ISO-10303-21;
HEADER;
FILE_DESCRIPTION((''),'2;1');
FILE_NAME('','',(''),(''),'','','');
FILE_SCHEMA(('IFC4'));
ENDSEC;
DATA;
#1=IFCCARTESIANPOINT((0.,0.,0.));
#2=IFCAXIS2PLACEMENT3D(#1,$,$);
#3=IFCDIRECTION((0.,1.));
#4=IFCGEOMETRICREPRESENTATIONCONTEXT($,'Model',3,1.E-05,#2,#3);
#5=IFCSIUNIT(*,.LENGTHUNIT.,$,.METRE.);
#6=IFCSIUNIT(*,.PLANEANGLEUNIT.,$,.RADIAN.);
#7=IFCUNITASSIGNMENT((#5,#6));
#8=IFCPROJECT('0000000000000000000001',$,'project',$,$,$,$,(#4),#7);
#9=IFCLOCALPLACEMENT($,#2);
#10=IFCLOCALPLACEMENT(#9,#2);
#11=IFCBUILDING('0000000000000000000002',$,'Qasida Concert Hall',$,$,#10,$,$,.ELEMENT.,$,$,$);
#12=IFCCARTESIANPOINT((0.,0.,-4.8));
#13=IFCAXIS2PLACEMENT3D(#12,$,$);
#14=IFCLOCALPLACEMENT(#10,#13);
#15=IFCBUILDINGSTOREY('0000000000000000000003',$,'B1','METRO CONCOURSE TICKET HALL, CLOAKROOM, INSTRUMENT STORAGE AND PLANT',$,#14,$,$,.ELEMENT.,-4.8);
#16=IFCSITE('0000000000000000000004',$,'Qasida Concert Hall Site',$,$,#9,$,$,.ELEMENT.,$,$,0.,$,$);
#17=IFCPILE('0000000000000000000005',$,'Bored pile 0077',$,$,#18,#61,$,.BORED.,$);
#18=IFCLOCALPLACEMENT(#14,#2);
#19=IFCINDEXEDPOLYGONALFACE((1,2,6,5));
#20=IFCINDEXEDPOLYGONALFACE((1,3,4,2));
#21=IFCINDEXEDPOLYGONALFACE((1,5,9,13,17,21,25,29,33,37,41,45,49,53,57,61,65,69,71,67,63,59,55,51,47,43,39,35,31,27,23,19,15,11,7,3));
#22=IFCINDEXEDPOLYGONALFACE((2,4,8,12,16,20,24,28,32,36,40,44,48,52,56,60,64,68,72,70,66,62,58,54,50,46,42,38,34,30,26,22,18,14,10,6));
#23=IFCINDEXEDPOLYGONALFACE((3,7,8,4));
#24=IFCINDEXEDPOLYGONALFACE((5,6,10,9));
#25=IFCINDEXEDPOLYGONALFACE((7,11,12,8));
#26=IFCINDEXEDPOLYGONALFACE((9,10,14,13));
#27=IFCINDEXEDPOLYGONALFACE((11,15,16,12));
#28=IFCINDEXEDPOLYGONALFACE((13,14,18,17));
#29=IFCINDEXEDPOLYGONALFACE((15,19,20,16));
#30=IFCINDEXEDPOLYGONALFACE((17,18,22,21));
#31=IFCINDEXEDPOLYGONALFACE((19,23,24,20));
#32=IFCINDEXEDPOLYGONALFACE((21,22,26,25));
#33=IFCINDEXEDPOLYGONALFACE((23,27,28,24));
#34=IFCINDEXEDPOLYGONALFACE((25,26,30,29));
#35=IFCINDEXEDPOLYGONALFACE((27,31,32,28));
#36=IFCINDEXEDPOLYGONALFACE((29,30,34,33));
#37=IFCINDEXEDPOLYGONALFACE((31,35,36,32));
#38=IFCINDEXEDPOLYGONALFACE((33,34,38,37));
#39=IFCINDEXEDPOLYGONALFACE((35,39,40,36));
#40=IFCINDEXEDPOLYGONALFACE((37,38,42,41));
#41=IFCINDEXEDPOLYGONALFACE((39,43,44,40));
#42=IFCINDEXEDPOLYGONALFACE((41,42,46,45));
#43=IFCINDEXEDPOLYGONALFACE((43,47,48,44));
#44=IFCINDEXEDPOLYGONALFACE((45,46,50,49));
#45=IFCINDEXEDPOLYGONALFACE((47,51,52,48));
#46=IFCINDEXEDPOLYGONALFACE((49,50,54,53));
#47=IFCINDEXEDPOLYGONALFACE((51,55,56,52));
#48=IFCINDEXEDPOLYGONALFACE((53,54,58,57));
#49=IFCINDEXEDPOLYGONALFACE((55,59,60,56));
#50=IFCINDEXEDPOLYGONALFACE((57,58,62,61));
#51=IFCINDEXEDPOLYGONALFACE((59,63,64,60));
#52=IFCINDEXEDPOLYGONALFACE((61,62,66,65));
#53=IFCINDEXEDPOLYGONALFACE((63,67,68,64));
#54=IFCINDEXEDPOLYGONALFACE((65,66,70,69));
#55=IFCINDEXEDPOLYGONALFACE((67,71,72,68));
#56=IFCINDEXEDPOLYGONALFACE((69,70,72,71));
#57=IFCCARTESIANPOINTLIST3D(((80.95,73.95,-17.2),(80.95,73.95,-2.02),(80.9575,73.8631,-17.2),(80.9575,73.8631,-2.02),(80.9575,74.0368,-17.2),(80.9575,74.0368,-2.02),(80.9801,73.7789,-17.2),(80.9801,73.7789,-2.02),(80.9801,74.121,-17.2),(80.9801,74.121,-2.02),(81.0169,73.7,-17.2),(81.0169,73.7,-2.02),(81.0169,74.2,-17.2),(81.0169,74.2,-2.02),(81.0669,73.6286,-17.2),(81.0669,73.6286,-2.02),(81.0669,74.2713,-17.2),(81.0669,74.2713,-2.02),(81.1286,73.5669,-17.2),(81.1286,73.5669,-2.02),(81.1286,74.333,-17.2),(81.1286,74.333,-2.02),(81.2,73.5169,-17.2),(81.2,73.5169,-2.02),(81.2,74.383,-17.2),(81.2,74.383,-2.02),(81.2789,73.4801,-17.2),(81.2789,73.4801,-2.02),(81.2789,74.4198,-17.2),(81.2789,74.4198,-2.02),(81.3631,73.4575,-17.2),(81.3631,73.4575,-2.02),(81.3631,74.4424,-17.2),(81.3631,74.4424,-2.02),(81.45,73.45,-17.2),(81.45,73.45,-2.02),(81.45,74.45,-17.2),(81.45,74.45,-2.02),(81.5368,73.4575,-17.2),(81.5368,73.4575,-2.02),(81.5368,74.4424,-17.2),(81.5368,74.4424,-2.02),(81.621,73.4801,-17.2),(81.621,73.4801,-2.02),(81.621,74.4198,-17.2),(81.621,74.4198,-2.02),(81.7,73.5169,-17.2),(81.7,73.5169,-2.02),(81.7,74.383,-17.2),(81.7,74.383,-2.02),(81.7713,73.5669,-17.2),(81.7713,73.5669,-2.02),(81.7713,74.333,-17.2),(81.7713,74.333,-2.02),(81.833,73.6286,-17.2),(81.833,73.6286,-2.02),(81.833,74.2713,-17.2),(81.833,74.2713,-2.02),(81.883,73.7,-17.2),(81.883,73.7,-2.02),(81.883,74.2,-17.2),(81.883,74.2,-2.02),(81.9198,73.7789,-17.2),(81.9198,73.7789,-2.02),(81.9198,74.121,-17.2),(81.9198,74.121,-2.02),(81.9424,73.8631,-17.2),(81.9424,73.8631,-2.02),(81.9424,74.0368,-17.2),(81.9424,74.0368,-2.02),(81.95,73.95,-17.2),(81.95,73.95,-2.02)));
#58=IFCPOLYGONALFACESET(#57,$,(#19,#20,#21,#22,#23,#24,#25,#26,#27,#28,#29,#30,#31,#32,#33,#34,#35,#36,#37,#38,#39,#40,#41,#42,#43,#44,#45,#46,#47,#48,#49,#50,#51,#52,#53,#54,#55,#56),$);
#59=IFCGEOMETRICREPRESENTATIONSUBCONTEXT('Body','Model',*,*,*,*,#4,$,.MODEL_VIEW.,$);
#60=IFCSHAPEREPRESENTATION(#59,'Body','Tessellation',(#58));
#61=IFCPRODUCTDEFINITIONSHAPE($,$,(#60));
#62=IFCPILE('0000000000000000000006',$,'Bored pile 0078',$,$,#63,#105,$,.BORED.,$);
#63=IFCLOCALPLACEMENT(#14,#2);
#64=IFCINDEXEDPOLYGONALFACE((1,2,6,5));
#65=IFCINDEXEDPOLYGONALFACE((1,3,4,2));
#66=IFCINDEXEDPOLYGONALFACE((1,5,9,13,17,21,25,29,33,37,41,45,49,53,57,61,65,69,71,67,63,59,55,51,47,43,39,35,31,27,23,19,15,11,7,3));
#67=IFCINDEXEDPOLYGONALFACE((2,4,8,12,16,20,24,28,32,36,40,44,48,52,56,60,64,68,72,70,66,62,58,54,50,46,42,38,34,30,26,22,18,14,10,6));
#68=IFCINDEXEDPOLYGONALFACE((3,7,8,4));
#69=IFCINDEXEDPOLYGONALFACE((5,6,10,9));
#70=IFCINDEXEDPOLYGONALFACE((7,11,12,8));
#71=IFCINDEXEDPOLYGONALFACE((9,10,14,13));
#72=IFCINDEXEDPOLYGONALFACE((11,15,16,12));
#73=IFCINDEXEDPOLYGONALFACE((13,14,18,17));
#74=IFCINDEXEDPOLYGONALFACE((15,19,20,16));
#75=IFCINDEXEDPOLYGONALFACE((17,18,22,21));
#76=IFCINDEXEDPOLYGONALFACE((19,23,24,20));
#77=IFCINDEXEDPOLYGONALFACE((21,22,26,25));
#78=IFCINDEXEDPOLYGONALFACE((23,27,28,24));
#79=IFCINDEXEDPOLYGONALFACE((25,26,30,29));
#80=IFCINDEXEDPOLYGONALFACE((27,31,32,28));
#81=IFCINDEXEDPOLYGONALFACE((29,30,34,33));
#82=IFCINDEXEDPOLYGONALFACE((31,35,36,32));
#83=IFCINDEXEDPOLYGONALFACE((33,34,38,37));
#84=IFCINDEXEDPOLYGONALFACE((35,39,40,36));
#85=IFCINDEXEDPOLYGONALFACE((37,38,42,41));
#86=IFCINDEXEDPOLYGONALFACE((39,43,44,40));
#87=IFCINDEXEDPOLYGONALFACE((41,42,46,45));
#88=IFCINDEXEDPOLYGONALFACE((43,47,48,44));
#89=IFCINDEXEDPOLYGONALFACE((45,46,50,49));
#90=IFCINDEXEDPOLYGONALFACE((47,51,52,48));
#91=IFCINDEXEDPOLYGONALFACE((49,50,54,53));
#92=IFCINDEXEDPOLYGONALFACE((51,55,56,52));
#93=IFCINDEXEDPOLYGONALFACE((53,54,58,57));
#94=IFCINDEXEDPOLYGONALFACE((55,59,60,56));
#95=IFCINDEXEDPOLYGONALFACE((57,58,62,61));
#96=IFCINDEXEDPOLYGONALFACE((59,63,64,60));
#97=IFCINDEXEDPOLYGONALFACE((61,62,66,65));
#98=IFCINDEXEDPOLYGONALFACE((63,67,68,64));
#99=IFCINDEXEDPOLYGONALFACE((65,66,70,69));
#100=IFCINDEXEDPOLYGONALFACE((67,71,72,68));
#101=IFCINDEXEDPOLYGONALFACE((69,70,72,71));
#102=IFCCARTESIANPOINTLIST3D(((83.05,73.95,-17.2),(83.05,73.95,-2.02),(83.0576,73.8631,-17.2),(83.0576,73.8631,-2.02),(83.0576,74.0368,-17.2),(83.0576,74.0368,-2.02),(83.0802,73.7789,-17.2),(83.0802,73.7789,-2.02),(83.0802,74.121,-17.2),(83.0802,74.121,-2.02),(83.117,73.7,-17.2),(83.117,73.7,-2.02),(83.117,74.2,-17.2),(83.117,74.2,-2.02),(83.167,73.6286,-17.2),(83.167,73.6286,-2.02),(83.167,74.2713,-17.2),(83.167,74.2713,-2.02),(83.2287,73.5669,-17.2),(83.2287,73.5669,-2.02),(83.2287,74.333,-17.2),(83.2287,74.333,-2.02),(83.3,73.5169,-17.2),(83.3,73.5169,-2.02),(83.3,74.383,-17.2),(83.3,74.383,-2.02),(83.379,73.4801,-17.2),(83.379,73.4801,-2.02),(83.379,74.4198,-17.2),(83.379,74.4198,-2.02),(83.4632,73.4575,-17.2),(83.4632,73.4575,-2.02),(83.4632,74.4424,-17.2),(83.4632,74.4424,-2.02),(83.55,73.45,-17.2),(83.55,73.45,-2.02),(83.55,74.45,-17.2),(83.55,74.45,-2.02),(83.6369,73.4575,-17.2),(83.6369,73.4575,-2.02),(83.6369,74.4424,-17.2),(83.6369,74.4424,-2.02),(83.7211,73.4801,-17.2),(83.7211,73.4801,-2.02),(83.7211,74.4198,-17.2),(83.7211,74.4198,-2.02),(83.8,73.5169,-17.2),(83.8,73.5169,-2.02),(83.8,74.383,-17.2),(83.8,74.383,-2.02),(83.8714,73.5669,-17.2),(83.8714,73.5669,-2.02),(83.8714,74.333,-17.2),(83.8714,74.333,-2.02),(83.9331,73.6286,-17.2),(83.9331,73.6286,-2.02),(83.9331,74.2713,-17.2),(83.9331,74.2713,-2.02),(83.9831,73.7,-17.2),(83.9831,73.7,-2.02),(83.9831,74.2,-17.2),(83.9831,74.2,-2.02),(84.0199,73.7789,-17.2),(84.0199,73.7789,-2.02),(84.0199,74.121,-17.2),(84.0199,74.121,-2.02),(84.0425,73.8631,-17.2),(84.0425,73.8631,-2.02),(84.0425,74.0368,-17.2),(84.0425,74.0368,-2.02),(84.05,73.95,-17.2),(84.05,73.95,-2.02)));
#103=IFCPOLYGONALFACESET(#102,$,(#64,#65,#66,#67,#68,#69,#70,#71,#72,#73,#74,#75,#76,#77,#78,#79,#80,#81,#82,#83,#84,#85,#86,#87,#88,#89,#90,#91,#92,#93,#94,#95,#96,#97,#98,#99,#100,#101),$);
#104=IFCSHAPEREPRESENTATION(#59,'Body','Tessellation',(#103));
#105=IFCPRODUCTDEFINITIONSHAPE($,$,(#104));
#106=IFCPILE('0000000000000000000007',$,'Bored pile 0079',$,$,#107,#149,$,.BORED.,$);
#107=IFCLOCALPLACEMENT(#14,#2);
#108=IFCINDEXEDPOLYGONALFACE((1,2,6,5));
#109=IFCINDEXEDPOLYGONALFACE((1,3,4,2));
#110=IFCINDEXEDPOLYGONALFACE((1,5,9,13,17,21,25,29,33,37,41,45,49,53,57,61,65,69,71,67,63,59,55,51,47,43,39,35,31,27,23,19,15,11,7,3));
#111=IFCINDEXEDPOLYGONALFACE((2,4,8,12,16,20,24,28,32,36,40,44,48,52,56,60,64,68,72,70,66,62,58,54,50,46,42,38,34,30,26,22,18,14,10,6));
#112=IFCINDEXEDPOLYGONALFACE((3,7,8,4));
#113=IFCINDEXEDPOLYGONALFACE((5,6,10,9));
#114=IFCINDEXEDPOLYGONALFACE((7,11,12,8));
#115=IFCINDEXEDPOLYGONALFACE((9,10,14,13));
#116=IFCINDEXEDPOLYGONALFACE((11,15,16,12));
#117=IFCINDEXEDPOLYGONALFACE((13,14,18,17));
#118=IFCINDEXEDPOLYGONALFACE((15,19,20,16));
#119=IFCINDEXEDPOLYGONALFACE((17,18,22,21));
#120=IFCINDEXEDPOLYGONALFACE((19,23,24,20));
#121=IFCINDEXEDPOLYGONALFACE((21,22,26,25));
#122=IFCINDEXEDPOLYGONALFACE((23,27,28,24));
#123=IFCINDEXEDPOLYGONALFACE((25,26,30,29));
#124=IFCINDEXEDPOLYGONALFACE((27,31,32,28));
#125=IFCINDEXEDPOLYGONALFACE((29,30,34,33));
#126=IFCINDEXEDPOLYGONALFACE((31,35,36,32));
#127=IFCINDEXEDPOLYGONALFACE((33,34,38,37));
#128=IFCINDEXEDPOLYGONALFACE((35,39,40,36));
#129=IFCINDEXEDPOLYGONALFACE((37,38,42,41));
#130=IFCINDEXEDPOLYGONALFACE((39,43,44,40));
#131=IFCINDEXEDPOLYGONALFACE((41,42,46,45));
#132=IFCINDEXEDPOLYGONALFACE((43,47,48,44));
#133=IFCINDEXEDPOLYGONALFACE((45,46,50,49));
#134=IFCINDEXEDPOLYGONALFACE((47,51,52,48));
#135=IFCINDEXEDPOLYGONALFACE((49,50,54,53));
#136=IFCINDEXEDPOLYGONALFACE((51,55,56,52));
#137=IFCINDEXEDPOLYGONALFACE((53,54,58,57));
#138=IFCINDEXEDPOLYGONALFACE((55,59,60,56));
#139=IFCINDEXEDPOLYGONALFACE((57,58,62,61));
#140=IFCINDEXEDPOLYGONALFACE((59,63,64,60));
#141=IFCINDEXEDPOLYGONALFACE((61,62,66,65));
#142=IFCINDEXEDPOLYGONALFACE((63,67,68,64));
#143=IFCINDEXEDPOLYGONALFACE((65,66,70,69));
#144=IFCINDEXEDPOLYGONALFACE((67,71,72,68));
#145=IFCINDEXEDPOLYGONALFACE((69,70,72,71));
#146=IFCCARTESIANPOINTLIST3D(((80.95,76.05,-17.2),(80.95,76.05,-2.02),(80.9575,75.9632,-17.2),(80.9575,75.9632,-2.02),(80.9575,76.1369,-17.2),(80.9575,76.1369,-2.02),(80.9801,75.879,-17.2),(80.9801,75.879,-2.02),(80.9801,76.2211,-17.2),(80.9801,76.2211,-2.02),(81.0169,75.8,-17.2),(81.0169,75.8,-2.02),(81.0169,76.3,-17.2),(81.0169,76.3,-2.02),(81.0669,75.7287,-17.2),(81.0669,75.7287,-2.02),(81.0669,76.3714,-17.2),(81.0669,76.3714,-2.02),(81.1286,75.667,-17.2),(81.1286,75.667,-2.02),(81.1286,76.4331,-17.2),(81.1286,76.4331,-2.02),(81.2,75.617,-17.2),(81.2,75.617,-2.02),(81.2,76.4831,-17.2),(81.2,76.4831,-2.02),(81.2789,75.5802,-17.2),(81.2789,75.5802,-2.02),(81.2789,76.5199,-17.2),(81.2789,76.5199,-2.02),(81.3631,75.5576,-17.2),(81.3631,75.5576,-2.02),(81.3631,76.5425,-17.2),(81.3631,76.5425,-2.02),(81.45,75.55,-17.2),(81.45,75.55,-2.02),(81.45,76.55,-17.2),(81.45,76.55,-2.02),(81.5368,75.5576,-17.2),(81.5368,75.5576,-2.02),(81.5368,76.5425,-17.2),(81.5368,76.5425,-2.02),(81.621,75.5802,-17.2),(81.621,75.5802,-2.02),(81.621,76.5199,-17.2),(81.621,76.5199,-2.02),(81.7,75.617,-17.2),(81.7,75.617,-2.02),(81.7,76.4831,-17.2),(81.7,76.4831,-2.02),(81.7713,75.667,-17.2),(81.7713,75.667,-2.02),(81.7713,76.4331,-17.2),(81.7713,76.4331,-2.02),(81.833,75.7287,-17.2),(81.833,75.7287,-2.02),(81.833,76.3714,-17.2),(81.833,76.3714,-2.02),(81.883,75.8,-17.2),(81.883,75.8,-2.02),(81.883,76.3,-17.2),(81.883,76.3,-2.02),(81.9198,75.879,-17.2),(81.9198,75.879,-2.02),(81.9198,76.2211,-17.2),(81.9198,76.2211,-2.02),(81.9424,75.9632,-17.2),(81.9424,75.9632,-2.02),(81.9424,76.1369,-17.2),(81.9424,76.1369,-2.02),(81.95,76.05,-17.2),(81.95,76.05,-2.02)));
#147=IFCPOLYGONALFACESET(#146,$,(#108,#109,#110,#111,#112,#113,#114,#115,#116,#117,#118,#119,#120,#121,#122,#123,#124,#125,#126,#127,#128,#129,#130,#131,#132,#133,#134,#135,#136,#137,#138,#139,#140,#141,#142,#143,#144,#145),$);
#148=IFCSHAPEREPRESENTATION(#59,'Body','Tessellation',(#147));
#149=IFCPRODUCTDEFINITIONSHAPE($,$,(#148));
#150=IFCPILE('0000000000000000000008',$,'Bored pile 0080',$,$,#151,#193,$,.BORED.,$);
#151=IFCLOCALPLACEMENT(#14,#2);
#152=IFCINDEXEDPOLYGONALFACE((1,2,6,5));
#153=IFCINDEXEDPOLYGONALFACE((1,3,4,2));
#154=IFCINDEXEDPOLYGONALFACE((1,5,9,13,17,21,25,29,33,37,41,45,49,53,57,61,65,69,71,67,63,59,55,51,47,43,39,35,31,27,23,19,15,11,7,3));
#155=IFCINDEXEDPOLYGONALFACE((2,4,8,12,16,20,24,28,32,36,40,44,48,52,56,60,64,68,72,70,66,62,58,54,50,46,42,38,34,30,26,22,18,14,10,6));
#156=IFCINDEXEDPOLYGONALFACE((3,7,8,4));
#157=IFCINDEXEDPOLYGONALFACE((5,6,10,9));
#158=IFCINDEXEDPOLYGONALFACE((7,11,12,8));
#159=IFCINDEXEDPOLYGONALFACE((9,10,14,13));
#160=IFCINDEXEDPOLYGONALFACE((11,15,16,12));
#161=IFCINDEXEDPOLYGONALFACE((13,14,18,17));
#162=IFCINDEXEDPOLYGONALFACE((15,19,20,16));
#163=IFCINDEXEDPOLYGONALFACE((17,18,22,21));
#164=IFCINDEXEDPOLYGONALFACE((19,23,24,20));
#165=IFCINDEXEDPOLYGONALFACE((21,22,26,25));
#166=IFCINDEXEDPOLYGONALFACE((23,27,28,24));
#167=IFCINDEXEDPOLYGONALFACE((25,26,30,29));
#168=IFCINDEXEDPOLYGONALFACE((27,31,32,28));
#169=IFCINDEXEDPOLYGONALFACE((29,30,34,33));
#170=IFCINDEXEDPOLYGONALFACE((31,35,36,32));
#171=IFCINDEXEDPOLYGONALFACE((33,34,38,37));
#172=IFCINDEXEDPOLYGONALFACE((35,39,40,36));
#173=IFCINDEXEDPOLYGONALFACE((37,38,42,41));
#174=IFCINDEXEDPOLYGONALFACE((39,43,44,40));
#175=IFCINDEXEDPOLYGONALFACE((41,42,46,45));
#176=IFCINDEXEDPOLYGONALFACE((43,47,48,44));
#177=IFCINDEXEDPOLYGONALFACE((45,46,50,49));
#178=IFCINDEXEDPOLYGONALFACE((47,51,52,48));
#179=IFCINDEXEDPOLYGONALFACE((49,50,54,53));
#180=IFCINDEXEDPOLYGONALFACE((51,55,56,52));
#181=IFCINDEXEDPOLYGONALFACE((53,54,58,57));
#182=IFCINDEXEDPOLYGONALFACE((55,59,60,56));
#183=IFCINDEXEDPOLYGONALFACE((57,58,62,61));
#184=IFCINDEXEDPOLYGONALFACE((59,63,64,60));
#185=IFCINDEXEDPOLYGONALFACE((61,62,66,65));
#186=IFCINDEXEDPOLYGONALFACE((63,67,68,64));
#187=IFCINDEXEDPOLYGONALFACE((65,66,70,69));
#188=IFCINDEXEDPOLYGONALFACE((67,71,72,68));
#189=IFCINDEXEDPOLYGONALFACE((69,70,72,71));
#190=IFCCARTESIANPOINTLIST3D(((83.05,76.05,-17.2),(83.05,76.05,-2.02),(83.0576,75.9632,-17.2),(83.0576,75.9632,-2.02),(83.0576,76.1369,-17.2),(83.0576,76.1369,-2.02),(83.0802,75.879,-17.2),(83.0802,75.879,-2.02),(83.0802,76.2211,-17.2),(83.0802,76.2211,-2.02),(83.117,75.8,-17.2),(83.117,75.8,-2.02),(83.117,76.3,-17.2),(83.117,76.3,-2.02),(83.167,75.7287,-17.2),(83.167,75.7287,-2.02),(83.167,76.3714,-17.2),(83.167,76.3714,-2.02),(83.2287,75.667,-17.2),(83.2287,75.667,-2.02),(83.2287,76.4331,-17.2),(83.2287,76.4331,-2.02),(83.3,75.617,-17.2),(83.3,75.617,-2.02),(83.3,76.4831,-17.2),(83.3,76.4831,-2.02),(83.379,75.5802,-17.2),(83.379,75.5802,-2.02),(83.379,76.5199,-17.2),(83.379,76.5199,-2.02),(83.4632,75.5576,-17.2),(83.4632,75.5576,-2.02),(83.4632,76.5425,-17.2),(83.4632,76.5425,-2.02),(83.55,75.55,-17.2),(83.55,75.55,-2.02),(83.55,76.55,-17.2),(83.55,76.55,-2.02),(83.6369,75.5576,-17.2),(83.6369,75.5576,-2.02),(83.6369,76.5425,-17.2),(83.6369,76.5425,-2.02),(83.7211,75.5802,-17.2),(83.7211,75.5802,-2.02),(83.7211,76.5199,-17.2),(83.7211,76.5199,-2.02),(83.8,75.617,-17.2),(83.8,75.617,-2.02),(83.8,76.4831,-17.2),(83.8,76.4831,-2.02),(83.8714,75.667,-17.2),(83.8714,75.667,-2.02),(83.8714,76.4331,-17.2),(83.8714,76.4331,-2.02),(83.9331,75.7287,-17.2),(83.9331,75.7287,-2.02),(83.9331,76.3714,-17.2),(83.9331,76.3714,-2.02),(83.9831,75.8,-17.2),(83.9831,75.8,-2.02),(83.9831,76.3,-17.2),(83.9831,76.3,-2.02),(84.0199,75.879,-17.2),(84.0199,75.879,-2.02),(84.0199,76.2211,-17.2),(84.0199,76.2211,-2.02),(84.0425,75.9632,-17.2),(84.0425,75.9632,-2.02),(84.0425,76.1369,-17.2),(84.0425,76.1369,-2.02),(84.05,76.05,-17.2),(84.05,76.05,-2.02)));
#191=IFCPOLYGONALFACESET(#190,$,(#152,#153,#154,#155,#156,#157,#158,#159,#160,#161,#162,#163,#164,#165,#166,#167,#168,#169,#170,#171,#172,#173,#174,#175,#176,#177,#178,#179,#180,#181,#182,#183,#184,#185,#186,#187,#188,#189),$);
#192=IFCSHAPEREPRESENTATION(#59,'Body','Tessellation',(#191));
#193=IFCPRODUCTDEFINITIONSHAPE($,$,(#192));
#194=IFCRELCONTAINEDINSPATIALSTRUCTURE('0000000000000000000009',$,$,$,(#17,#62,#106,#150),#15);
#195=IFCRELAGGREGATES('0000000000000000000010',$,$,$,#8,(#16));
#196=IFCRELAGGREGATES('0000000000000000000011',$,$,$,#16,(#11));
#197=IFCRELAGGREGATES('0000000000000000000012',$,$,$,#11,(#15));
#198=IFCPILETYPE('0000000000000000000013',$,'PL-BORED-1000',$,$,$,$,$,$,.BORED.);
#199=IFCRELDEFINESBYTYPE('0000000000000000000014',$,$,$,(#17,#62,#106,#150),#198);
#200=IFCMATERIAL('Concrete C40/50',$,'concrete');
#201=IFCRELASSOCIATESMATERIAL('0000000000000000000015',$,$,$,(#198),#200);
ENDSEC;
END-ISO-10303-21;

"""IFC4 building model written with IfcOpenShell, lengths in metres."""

from ifc_helpers import new_model, si_unit, direction, frame, origin, origin_2d, place, context, subcontext, project, spatial, circle, extrude, material, material_profile, profile_set, type_object, element, save


model = new_model("IFC4")

# Units and contexts
model_context = context("Model", 3, precision=1e-05, world=origin(), true_north=direction((0.0, 1.0)))
body_context = subcontext(model_context, "Body", "Model", "MODEL_VIEW")
ifc_project = project(units=[si_unit("LENGTHUNIT", "METRE"), si_unit("PLANEANGLEUNIT", "RADIAN")], contexts=[model_context])

# Site, building, storey
site_placement = place(None, origin())
site = spatial("IfcSite", under=ifc_project, at=site_placement, Name="Qasida Concert Hall Site", CompositionType="ELEMENT", RefElevation=0.0)
building_placement = place(site_placement, origin())
building = spatial("IfcBuilding", under=site, at=building_placement, Name="Qasida Concert Hall", CompositionType="ELEMENT")
storey_placement = place(building_placement, frame((0.0, 0.0, -4.8)))
storey = spatial("IfcBuildingStorey", under=building, at=storey_placement, Name="B1", Description="METRO CONCOURSE TICKET HALL, CLOAKROOM, INSTRUMENT STORAGE AND PLANT", CompositionType="ELEMENT", Elevation=-4.8)

# Shared definitions
ifc_material_1 = material(Name="Concrete C40/50", Category="concrete")

# Piles
ifc_material_profile_1 = material_profile(ifc_material_1, circle(Radius=0.5, at=origin_2d()), Name="BORED PILE D1000")
ifc_profile_set_1 = profile_set([ifc_material_profile_1], Name="Concrete C40/50")
pile_type = type_object("IfcPileType", Name="PL-BORED-1000", PredefinedType="BORED", material=ifc_profile_set_1)
for number, where, z_axis, x_axis, name in (
    (1, (81.45, 73.95, -2.02), (0.0, 0.0, -1.0), (1.0, 0.0, 0.0), "Bored pile 0077"),
    (2, (83.55, 73.95, -2.02), (0.0, 0.0, -1.0), (1.0, 0.0, 0.0), "Bored pile 0078"),
    (3, (81.45, 76.05, -2.02), (0.0, 0.0, -1.0), (1.0, 0.0, 0.0), "Bored pile 0079"),
    (4, (83.55, 76.05, -2.02), (0.0, 0.0, -1.0), (1.0, 0.0, 0.0), "Bored pile 0080"),
):
    element("IfcPile", number, at=place(storey_placement, frame(where, z_axis=z_axis, x_axis=x_axis)), inside=storey, type_object=pile_type, Name=name, PredefinedType="BORED", context=body_context, shape_type="SweptSolid", body=[
        extrude(circle(Radius=0.5, at=origin_2d()), origin(), (0.0, 0.0, 1.0), 15.1799),
    ])

save(model, "model.ifc")
